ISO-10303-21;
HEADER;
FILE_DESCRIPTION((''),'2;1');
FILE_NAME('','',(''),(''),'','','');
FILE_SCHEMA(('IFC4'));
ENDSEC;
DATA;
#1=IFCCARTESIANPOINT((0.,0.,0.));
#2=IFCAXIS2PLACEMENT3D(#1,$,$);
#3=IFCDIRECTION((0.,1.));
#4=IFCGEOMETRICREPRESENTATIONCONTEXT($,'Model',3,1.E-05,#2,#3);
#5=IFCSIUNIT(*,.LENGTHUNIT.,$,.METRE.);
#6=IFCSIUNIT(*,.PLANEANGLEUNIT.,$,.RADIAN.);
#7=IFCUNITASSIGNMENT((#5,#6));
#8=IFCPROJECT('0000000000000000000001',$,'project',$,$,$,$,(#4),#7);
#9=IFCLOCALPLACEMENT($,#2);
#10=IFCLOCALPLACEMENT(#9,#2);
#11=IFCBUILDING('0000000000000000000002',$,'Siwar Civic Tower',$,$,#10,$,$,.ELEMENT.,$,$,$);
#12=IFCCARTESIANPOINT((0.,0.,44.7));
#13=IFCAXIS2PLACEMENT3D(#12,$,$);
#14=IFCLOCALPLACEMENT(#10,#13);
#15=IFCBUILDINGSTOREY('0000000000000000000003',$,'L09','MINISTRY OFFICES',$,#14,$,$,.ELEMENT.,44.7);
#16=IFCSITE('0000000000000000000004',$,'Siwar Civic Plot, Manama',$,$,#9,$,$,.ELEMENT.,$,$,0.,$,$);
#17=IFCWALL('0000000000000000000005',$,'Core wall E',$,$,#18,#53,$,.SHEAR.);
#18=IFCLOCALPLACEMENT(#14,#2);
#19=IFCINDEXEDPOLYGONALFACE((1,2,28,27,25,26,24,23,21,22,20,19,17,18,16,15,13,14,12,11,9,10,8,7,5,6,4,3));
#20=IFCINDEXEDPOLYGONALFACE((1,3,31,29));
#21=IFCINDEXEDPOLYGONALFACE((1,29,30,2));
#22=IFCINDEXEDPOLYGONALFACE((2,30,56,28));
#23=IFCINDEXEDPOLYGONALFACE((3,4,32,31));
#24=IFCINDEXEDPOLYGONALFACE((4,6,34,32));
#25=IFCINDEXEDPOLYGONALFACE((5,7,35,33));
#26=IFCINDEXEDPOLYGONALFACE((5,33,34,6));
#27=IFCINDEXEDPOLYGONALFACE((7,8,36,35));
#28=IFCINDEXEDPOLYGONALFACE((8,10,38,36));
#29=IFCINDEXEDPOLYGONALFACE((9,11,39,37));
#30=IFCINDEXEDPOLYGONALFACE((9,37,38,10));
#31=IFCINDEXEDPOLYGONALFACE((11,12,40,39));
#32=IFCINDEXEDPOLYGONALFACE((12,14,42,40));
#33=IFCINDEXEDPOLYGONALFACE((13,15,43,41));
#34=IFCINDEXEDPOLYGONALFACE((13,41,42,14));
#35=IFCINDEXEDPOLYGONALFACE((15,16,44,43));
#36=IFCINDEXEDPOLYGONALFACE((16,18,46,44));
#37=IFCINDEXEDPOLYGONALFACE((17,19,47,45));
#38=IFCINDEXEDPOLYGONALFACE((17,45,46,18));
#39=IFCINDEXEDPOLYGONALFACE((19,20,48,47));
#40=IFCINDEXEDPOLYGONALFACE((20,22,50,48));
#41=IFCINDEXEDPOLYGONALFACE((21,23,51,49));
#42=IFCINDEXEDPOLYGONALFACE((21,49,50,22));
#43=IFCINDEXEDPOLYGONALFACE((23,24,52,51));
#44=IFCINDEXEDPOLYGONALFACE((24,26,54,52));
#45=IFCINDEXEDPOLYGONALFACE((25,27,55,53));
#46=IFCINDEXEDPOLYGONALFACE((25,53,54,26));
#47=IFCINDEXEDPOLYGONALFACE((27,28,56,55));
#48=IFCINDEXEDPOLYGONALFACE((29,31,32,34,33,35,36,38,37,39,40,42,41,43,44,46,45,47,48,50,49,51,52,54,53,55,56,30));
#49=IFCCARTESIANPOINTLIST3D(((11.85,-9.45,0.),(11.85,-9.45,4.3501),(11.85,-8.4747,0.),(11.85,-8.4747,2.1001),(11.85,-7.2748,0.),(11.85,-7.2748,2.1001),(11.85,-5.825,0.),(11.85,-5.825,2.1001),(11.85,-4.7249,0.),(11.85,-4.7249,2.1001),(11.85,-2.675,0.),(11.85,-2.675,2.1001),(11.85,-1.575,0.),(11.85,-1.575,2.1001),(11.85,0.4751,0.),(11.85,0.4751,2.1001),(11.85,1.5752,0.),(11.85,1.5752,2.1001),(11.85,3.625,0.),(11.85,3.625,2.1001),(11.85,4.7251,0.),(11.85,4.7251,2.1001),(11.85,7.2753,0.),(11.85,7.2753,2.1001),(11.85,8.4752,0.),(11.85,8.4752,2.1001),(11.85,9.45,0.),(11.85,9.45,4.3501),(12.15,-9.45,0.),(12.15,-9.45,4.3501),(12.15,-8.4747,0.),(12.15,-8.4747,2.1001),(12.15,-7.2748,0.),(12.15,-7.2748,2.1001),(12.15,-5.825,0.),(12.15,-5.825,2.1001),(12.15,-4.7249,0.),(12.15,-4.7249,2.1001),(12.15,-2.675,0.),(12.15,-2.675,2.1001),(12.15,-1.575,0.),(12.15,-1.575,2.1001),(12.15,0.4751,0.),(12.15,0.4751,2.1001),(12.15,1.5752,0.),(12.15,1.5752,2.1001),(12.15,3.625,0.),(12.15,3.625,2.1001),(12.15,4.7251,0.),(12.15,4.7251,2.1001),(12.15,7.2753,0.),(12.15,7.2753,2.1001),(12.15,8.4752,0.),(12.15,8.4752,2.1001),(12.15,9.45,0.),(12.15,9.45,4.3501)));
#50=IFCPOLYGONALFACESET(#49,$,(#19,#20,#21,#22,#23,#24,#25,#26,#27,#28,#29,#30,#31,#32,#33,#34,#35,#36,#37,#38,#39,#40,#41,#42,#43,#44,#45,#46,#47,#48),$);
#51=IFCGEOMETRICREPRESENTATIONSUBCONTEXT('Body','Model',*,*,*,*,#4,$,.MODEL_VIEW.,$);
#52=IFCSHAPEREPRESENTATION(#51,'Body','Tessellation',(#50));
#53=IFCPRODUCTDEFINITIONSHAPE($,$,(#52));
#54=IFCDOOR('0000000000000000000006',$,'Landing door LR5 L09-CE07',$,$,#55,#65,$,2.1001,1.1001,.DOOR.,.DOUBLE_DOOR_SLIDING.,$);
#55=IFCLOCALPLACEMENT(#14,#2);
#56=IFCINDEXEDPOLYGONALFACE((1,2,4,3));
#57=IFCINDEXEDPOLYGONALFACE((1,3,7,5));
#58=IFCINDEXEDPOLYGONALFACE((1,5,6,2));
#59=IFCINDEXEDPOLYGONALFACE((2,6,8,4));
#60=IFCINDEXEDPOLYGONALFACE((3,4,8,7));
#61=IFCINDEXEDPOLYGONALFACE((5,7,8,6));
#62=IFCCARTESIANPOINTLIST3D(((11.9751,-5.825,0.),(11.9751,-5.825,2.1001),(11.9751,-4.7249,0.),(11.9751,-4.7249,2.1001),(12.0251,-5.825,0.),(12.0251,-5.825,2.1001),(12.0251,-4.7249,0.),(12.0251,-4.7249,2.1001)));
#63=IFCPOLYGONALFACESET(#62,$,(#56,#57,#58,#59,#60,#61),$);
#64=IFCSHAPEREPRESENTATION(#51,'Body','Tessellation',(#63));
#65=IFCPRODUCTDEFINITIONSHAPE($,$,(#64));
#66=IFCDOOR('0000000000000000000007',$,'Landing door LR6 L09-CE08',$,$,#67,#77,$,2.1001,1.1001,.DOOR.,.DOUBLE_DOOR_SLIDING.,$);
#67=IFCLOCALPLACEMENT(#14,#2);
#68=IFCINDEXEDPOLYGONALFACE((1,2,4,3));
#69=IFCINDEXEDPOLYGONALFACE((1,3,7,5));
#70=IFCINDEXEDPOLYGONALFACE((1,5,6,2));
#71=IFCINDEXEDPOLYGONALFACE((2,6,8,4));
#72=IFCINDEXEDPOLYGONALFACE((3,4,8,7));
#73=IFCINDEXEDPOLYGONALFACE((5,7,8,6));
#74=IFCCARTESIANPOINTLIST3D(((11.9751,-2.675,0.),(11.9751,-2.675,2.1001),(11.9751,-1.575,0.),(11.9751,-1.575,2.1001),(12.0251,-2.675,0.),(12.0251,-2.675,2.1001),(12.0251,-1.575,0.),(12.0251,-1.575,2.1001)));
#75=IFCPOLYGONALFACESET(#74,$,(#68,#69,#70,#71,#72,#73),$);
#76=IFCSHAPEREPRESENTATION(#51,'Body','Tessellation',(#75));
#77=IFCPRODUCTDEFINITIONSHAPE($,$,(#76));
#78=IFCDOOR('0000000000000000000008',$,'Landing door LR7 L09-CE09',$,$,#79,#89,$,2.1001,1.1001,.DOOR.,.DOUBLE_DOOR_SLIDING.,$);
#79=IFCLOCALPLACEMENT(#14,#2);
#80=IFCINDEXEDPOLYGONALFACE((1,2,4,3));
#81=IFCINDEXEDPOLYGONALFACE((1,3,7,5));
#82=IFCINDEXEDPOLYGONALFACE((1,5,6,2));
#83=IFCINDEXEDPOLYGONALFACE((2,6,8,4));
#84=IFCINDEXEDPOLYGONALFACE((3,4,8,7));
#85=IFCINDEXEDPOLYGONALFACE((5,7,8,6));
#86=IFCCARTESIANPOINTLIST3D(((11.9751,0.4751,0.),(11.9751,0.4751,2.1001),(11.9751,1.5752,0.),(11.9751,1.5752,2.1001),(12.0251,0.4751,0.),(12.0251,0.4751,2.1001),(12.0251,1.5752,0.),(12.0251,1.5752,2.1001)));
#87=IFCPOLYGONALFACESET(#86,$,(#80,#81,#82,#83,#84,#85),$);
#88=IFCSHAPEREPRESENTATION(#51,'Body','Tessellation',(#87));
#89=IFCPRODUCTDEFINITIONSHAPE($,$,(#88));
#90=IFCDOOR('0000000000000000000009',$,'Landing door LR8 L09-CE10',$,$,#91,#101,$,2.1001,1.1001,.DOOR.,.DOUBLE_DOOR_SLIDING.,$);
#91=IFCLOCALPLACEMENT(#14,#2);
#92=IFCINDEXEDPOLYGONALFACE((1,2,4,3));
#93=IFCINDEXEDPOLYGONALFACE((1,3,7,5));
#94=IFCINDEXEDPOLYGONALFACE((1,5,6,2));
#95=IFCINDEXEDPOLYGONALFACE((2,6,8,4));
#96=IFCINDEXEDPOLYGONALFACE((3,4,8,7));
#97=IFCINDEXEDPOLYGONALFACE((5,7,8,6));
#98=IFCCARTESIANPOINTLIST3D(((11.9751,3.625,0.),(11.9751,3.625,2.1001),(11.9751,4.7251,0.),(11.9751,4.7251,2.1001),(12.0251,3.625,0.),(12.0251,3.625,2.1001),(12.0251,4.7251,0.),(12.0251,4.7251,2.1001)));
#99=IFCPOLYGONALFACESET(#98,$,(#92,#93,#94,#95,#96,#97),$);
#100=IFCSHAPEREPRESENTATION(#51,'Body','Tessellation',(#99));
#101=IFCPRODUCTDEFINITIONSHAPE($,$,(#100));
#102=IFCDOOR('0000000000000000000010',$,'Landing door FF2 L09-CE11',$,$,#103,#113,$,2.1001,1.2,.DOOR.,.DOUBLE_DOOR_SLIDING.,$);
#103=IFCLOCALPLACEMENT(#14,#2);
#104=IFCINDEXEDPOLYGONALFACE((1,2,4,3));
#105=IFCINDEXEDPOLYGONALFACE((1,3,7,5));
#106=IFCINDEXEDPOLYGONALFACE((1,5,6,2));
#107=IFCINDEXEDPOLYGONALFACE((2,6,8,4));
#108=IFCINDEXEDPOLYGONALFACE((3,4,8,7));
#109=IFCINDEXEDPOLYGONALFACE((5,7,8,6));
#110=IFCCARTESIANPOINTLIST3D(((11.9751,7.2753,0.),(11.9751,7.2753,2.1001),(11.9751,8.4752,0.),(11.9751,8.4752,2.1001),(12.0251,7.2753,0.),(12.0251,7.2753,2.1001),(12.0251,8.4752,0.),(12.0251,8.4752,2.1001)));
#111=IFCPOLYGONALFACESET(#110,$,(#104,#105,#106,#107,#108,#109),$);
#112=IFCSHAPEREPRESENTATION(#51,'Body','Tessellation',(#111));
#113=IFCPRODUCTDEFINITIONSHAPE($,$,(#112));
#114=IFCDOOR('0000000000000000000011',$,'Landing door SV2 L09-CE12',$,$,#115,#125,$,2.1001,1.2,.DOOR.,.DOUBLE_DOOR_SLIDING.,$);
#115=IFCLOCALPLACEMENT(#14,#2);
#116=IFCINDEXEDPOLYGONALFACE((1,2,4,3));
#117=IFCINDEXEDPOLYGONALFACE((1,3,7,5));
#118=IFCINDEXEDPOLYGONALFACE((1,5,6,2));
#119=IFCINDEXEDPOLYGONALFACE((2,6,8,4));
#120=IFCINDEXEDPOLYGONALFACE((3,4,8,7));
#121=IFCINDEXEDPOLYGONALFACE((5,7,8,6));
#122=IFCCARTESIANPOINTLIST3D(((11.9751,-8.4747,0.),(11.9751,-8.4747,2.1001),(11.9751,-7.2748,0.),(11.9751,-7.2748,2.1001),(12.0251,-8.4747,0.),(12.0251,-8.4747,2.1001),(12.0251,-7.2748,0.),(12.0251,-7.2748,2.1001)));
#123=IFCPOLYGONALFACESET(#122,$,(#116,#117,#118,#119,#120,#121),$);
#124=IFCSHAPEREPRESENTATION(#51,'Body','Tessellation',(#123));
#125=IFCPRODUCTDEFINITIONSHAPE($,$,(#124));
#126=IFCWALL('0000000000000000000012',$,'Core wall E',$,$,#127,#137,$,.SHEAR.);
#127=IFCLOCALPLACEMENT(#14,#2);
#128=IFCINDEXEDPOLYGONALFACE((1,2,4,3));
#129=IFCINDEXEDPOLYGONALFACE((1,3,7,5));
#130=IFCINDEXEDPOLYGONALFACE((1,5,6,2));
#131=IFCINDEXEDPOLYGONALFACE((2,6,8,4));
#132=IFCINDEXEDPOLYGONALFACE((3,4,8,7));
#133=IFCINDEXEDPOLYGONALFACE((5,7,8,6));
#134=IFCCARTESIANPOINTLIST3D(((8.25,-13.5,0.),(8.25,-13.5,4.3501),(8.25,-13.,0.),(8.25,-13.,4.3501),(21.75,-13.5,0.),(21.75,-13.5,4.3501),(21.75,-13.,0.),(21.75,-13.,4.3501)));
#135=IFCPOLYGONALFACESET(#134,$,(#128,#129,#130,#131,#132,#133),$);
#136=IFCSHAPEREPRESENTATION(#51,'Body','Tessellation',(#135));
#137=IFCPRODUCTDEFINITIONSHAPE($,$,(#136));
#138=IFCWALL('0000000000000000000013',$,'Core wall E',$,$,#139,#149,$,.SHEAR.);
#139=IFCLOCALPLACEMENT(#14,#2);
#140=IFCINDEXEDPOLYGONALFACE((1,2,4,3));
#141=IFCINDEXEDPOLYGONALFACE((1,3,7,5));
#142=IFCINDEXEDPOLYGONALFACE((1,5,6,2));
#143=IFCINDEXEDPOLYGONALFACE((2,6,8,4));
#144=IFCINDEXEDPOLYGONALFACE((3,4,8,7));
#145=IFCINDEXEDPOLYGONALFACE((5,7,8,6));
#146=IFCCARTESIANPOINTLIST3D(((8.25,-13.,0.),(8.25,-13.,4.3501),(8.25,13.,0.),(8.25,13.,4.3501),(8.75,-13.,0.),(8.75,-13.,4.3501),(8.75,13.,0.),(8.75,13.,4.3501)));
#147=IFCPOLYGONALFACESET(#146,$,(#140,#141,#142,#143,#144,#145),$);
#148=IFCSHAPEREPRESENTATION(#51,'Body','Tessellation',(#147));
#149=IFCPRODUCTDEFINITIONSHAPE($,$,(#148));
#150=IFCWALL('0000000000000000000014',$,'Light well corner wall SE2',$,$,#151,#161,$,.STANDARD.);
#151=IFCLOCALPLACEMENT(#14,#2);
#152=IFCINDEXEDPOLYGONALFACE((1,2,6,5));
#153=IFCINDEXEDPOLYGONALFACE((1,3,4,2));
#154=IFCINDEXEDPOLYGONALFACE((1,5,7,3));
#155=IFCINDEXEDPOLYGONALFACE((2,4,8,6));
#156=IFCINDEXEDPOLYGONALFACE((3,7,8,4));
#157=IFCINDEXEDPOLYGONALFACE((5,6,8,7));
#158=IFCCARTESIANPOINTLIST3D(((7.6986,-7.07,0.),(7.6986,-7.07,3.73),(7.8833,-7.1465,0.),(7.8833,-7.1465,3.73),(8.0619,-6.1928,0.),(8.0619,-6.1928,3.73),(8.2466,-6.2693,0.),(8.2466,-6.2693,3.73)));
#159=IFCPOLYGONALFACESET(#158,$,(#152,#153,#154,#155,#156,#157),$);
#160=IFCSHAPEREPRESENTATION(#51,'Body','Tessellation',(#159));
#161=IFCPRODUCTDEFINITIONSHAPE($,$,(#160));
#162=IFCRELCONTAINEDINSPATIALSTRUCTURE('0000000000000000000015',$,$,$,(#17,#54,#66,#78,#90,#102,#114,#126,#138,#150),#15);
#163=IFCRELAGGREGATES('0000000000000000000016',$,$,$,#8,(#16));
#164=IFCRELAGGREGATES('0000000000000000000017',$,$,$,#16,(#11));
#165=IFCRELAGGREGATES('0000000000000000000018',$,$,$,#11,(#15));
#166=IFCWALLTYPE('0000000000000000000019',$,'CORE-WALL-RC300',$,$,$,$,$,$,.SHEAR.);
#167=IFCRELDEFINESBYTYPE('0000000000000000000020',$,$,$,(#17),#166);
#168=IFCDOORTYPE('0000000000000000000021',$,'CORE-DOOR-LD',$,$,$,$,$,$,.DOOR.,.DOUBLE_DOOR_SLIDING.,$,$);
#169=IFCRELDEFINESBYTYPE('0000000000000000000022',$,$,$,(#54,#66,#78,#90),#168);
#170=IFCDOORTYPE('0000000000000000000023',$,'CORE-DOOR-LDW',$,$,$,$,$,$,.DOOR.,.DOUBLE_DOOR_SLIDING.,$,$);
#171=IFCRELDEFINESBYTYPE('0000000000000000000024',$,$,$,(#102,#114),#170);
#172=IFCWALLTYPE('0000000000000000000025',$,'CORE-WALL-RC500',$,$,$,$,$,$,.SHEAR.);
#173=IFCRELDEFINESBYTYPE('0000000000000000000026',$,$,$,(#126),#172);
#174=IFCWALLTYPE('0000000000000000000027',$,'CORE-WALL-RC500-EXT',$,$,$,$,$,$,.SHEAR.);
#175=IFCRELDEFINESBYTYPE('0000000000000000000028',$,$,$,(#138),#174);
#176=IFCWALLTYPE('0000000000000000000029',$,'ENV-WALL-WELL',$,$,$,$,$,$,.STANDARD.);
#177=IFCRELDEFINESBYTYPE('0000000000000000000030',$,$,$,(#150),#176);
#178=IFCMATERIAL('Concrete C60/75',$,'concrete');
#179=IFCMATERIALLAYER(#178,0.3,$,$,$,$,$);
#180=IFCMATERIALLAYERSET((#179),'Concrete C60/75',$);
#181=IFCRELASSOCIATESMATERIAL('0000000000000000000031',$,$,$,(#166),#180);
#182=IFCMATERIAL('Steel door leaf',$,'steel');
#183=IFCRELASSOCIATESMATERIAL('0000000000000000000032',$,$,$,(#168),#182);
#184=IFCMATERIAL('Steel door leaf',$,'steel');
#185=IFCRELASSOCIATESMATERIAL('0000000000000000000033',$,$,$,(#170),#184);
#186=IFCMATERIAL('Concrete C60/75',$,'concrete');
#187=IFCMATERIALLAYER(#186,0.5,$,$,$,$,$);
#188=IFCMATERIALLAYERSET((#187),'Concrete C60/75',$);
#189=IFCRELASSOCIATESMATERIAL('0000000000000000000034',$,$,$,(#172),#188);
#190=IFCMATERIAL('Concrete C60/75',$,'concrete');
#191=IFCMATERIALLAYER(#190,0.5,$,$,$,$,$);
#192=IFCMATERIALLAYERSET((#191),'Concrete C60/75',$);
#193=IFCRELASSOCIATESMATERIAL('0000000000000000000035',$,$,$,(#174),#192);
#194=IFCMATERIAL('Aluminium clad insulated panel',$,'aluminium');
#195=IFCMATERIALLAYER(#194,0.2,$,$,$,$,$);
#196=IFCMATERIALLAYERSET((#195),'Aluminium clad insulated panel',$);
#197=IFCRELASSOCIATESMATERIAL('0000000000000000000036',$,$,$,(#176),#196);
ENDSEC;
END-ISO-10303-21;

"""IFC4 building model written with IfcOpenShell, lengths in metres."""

from ifc_helpers import new_model, si_unit, direction, frame, frame_2d, origin, place, context, subcontext, project, spatial, rectangle, extrude, material, layer, layer_set, type_object, element, fill, save


model = new_model("IFC4")

# Units and contexts
model_context = context("Model", 3, precision=1e-05, world=origin(), true_north=direction((0.0, 1.0)))
body_context = subcontext(model_context, "Body", "Model", "MODEL_VIEW")
ifc_project = project(units=[si_unit("LENGTHUNIT", "METRE"), si_unit("PLANEANGLEUNIT", "RADIAN")], contexts=[model_context])

# Site, building, storey
site_placement = place(None, origin())
site = spatial("IfcSite", under=ifc_project, at=site_placement, Name="Siwar Civic Plot, Manama", CompositionType="ELEMENT", RefElevation=0.0)
building_placement = place(site_placement, origin())
building = spatial("IfcBuilding", under=site, at=building_placement, Name="Siwar Civic Tower", CompositionType="ELEMENT")
storey_placement = place(building_placement, frame((0.0, 0.0, 44.7)))
storey = spatial("IfcBuildingStorey", under=building, at=storey_placement, Name="L09", Description="MINISTRY OFFICES", CompositionType="ELEMENT", Elevation=44.7)

# Wall, openings, doors
ifc_material_1 = material(Name="Concrete C60/75", Category="concrete")
ifc_layer_1 = layer(ifc_material_1, 0.3)
ifc_layer_set_1 = layer_set([ifc_layer_1], Name="Concrete C60/75")
wall_type_1 = type_object("IfcWallType", Name="CORE-WALL-RC300", PredefinedType="SHEAR", material=ifc_layer_set_1)
wall_1_placement = place(storey_placement, frame((12.0, -9.45, 0.0), z_axis=(0.0, 0.0, 1.0), x_axis=(0.0, 1.0, 0.0)))
wall_1 = element("IfcWall", 1, at=wall_1_placement, inside=storey, type_object=wall_type_1, Name="Core wall E", PredefinedType="SHEAR", context=body_context, shape_type="SweptSolid", body=[
    extrude(rectangle(XDim=18.8999, YDim=0.3, at=frame_2d((9.45, 0.0))), origin(), (0.0, 0.0, 1.0), 4.3501),
])
opening_1_placement = place(wall_1_placement, frame((3.625, 0.0, 0.0)))
opening_1 = element("IfcOpeningElement", 2, at=opening_1_placement, cuts=wall_1, PredefinedType="OPENING", context=body_context, shape_type="SweptSolid", body=[
    extrude(rectangle(XDim=1.1001, YDim=2.1001, at=frame_2d((0.55, 1.05))), frame((0.0, 0.1602, 0.0), z_axis=(0.0, -1.0, 0.0), x_axis=(1.0, 0.0, 0.0)), (0.0, 0.0, 1.0), 0.3201),
])
opening_2_placement = place(wall_1_placement, frame((6.7749, 0.0, 0.0)))
opening_2 = element("IfcOpeningElement", 3, at=opening_2_placement, cuts=wall_1, PredefinedType="OPENING", context=body_context, shape_type="SweptSolid", body=[
    extrude(rectangle(XDim=1.1001, YDim=2.1001, at=frame_2d((0.55, 1.05))), frame((0.0, 0.1602, 0.0), z_axis=(0.0, -1.0, 0.0), x_axis=(1.0, 0.0, 0.0)), (0.0, 0.0, 1.0), 0.3201),
])
opening_3_placement = place(wall_1_placement, frame((9.925, 0.0, 0.0)))
opening_3 = element("IfcOpeningElement", 4, at=opening_3_placement, cuts=wall_1, PredefinedType="OPENING", context=body_context, shape_type="SweptSolid", body=[
    extrude(rectangle(XDim=1.1001, YDim=2.1001, at=frame_2d((0.55, 1.05))), frame((0.0, 0.1602, 0.0), z_axis=(0.0, -1.0, 0.0), x_axis=(1.0, 0.0, 0.0)), (0.0, 0.0, 1.0), 0.3201),
])
opening_4_placement = place(wall_1_placement, frame((13.075, 0.0, 0.0)))
opening_4 = element("IfcOpeningElement", 5, at=opening_4_placement, cuts=wall_1, PredefinedType="OPENING", context=body_context, shape_type="SweptSolid", body=[
    extrude(rectangle(XDim=1.1001, YDim=2.1001, at=frame_2d((0.55, 1.05))), frame((0.0, 0.1602, 0.0), z_axis=(0.0, -1.0, 0.0), x_axis=(1.0, 0.0, 0.0)), (0.0, 0.0, 1.0), 0.3201),
])
opening_5_placement = place(wall_1_placement, frame((16.7251, 0.0, 0.0)))
opening_5 = element("IfcOpeningElement", 6, at=opening_5_placement, cuts=wall_1, PredefinedType="OPENING", context=body_context, shape_type="SweptSolid", body=[
    extrude(rectangle(XDim=1.2, YDim=2.1001, at=frame_2d((0.6001, 1.05))), frame((0.0, 0.1602, 0.0), z_axis=(0.0, -1.0, 0.0), x_axis=(1.0, 0.0, 0.0)), (0.0, 0.0, 1.0), 0.3201),
])
opening_6_placement = place(wall_1_placement, frame((0.9751, 0.0, 0.0)))
opening_6 = element("IfcOpeningElement", 7, at=opening_6_placement, cuts=wall_1, PredefinedType="OPENING", context=body_context, shape_type="SweptSolid", body=[
    extrude(rectangle(XDim=1.2, YDim=2.1001, at=frame_2d((0.6001, 1.05))), frame((0.0, 0.1602, 0.0), z_axis=(0.0, -1.0, 0.0), x_axis=(1.0, 0.0, 0.0)), (0.0, 0.0, 1.0), 0.3201),
])
ifc_material_2 = material(Name="Steel door leaf", Category="steel")
door_type_1 = type_object("IfcDoorType", Name="CORE-DOOR-LD", OperationType="DOUBLE_DOOR_SLIDING", PredefinedType="DOOR", material=ifc_material_2)
door_1_placement = place(opening_1_placement, origin())
door_1 = element("IfcDoor", 8, at=door_1_placement, inside=storey, type_object=door_type_1, Name="Landing door LR5 L09-CE07", OperationType="DOUBLE_DOOR_SLIDING", OverallHeight=2.1001, OverallWidth=1.1001, PredefinedType="DOOR", context=body_context, shape_type="SweptSolid", body=[
    extrude(rectangle(XDim=1.1001, YDim=2.1001, at=frame_2d((0.55, 1.05))), frame((0.0, 0.0249, 0.0), z_axis=(0.0, -1.0, 0.0), x_axis=(1.0, 0.0, 0.0)), (0.0, 0.0, 1.0), 0.05),
])
fill(opening_1, door_1)
door_2_placement = place(opening_2_placement, origin())
door_2 = element("IfcDoor", 9, at=door_2_placement, inside=storey, type_object=door_type_1, Name="Landing door LR6 L09-CE08", OperationType="DOUBLE_DOOR_SLIDING", OverallHeight=2.1001, OverallWidth=1.1001, PredefinedType="DOOR", context=body_context, shape_type="SweptSolid", body=[
    extrude(rectangle(XDim=1.1001, YDim=2.1001, at=frame_2d((0.55, 1.05))), frame((0.0, 0.0249, 0.0), z_axis=(0.0, -1.0, 0.0), x_axis=(1.0, 0.0, 0.0)), (0.0, 0.0, 1.0), 0.05),
])
fill(opening_2, door_2)
door_3_placement = place(opening_3_placement, origin())
door_3 = element("IfcDoor", 10, at=door_3_placement, inside=storey, type_object=door_type_1, Name="Landing door LR7 L09-CE09", OperationType="DOUBLE_DOOR_SLIDING", OverallHeight=2.1001, OverallWidth=1.1001, PredefinedType="DOOR", context=body_context, shape_type="SweptSolid", body=[
    extrude(rectangle(XDim=1.1001, YDim=2.1001, at=frame_2d((0.55, 1.05))), frame((0.0, 0.0249, 0.0), z_axis=(0.0, -1.0, 0.0), x_axis=(1.0, 0.0, 0.0)), (0.0, 0.0, 1.0), 0.05),
])
fill(opening_3, door_3)
door_4_placement = place(opening_4_placement, origin())
door_4 = element("IfcDoor", 11, at=door_4_placement, inside=storey, type_object=door_type_1, Name="Landing door LR8 L09-CE10", OperationType="DOUBLE_DOOR_SLIDING", OverallHeight=2.1001, OverallWidth=1.1001, PredefinedType="DOOR", context=body_context, shape_type="SweptSolid", body=[
    extrude(rectangle(XDim=1.1001, YDim=2.1001, at=frame_2d((0.55, 1.05))), frame((0.0, 0.0249, 0.0), z_axis=(0.0, -1.0, 0.0), x_axis=(1.0, 0.0, 0.0)), (0.0, 0.0, 1.0), 0.05),
])
fill(opening_4, door_4)
ifc_material_3 = material(Name="Steel door leaf", Category="steel")
door_type_2 = type_object("IfcDoorType", Name="CORE-DOOR-LDW", OperationType="DOUBLE_DOOR_SLIDING", PredefinedType="DOOR", material=ifc_material_3)
door_5_placement = place(opening_5_placement, origin())
door_5 = element("IfcDoor", 12, at=door_5_placement, inside=storey, type_object=door_type_2, Name="Landing door FF2 L09-CE11", OperationType="DOUBLE_DOOR_SLIDING", OverallHeight=2.1001, OverallWidth=1.2, PredefinedType="DOOR", context=body_context, shape_type="SweptSolid", body=[
    extrude(rectangle(XDim=1.2, YDim=2.1001, at=frame_2d((0.6001, 1.05))), frame((0.0, 0.0249, 0.0), z_axis=(0.0, -1.0, 0.0), x_axis=(1.0, 0.0, 0.0)), (0.0, 0.0, 1.0), 0.05),
])
fill(opening_5, door_5)
door_6_placement = place(opening_6_placement, origin())
door_6 = element("IfcDoor", 13, at=door_6_placement, inside=storey, type_object=door_type_2, Name="Landing door SV2 L09-CE12", OperationType="DOUBLE_DOOR_SLIDING", OverallHeight=2.1001, OverallWidth=1.2, PredefinedType="DOOR", context=body_context, shape_type="SweptSolid", body=[
    extrude(rectangle(XDim=1.2, YDim=2.1001, at=frame_2d((0.6001, 1.05))), frame((0.0, 0.0249, 0.0), z_axis=(0.0, -1.0, 0.0), x_axis=(1.0, 0.0, 0.0)), (0.0, 0.0, 1.0), 0.05),
])
fill(opening_6, door_6)

# Walls
ifc_material_4 = material(Name="Concrete C60/75", Category="concrete")
ifc_layer_2 = layer(ifc_material_4, 0.5)
ifc_layer_set_2 = layer_set([ifc_layer_2], Name="Concrete C60/75")
wall_type_2 = type_object("IfcWallType", Name="CORE-WALL-RC500", PredefinedType="SHEAR", material=ifc_layer_set_2)
wall_2_placement = place(storey_placement, frame((8.25, -13.25, 0.0), z_axis=(0.0, 0.0, 1.0), x_axis=(1.0, 0.0, 0.0)))
element("IfcWall", 14, at=wall_2_placement, inside=storey, type_object=wall_type_2, Name="Core wall E", PredefinedType="SHEAR", context=body_context, shape_type="SweptSolid", body=[
    extrude(rectangle(XDim=13.5, YDim=0.5, at=frame_2d((6.75, 0.0))), origin(), (0.0, 0.0, 1.0), 4.3501),
])
ifc_material_5 = material(Name="Concrete C60/75", Category="concrete")
ifc_layer_3 = layer(ifc_material_5, 0.5)
ifc_layer_set_3 = layer_set([ifc_layer_3], Name="Concrete C60/75")
wall_type_3 = type_object("IfcWallType", Name="CORE-WALL-RC500-EXT", PredefinedType="SHEAR", material=ifc_layer_set_3)
wall_3_placement = place(storey_placement, frame((8.5, -13.0, 0.0), z_axis=(0.0, 0.0, 1.0), x_axis=(0.0, 1.0, 0.0)))
element("IfcWall", 15, at=wall_3_placement, inside=storey, type_object=wall_type_3, Name="Core wall E", PredefinedType="SHEAR", context=body_context, shape_type="SweptSolid", body=[
    extrude(rectangle(XDim=26.0, YDim=0.5, at=frame_2d((13.0, 0.0))), origin(), (0.0, 0.0, 1.0), 4.3501),
])
ifc_material_6 = material(Name="Aluminium clad insulated panel", Category="aluminium")
ifc_layer_4 = layer(ifc_material_6, 0.2)
ifc_layer_set_4 = layer_set([ifc_layer_4], Name="Aluminium clad insulated panel")
wall_type_4 = type_object("IfcWallType", Name="ENV-WALL-WELL", PredefinedType="STANDARD", material=ifc_layer_set_4)
wall_4_placement = place(storey_placement, frame((7.791, -7.1082, 0.0), z_axis=(0.0, 0.0, 1.0), x_axis=(0.382624, 0.923904, 0.0)))
element("IfcWall", 16, at=wall_4_placement, inside=storey, type_object=wall_type_4, Name="Light well corner wall SE2", PredefinedType="STANDARD", context=body_context, shape_type="SweptSolid", body=[
    extrude(rectangle(XDim=0.9495, YDim=0.2, at=frame_2d((0.4746, 0.0))), origin(), (0.0, 0.0, 1.0), 3.73),
])

save(model, "model.ifc")
